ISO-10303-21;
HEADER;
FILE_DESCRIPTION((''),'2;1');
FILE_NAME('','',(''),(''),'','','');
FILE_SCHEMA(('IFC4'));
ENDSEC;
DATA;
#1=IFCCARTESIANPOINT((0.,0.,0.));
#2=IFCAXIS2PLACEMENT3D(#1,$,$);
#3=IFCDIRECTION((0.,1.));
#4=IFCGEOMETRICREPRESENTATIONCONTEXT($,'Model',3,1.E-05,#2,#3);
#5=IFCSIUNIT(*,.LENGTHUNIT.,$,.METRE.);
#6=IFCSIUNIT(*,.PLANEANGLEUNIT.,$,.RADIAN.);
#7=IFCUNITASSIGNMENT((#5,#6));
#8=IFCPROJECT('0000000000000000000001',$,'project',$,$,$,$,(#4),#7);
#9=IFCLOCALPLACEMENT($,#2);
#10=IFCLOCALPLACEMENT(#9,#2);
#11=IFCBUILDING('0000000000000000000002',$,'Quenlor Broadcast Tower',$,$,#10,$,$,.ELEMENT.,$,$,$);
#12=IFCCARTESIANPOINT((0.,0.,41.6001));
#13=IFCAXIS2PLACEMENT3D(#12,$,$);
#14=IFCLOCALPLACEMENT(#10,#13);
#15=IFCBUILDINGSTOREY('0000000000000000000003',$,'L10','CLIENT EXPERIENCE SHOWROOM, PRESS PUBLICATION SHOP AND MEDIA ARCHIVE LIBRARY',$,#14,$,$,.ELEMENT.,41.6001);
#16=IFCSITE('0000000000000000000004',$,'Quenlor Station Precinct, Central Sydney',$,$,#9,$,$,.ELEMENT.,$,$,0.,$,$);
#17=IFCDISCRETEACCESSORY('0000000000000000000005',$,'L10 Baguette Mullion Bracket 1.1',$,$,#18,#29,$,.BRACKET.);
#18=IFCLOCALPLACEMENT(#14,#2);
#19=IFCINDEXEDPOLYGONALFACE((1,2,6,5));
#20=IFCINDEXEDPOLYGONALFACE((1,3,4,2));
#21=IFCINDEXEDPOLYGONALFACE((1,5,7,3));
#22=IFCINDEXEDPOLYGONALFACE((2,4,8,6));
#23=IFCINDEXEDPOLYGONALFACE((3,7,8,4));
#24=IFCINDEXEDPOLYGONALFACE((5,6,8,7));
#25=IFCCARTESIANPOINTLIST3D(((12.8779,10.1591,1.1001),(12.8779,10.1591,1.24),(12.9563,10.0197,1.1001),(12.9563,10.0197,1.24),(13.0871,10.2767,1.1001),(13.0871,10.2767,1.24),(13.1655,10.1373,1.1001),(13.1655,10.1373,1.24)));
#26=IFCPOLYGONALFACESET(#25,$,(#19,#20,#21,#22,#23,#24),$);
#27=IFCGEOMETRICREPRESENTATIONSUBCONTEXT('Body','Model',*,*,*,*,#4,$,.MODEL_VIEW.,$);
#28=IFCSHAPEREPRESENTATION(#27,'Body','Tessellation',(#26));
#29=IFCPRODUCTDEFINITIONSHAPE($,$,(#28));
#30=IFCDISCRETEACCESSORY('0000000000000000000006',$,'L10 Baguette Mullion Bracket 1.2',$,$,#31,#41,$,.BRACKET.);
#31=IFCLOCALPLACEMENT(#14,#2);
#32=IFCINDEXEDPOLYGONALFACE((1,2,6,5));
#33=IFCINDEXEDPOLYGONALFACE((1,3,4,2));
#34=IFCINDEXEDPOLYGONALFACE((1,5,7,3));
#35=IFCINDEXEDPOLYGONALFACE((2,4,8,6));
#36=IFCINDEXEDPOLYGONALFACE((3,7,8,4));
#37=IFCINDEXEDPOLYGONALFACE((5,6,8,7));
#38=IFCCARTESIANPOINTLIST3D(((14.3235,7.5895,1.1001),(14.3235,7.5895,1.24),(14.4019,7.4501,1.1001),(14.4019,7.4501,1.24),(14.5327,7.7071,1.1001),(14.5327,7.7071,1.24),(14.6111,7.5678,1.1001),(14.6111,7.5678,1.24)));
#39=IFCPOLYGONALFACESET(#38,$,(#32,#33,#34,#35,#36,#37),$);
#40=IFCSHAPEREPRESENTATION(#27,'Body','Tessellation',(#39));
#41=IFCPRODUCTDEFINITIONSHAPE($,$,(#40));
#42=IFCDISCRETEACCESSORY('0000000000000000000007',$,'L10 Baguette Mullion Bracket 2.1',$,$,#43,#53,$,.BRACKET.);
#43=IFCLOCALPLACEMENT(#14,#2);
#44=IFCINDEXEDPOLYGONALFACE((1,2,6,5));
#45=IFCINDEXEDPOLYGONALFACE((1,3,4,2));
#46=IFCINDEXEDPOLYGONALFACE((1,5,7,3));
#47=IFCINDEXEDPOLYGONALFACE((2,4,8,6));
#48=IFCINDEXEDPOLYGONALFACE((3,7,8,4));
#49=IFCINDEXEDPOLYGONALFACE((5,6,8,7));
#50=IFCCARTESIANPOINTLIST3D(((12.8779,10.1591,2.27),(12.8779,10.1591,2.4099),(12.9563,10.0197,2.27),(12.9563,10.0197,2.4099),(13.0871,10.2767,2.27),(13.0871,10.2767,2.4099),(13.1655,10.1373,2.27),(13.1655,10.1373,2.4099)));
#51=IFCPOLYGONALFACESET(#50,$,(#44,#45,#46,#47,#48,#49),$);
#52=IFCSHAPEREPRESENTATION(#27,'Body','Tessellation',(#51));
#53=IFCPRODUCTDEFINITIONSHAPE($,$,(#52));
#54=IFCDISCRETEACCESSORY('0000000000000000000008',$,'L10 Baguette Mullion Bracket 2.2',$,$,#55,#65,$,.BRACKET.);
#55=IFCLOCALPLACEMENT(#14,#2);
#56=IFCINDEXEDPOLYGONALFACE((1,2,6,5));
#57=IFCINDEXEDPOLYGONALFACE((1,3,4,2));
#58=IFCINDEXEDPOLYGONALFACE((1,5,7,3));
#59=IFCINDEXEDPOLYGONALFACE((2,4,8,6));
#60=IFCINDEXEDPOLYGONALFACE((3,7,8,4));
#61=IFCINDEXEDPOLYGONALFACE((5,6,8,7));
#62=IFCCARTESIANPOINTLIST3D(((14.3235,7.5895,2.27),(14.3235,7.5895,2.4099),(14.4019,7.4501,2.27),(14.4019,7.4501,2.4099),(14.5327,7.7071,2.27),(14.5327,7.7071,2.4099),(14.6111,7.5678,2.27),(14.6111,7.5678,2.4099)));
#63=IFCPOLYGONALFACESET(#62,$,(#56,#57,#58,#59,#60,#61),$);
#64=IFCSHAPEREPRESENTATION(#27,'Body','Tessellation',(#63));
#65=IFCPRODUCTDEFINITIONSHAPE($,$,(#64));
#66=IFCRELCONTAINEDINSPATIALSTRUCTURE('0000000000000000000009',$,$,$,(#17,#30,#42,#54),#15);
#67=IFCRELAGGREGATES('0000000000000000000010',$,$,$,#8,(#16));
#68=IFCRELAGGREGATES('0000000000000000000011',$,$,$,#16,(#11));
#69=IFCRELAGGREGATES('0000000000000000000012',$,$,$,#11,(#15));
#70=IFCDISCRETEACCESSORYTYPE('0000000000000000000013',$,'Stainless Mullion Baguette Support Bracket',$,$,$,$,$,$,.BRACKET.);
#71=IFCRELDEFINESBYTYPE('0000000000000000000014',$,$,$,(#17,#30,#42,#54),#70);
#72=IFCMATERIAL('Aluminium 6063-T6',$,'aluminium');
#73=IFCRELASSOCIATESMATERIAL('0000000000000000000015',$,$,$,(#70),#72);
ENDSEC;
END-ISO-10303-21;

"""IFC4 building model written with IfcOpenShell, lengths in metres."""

from ifc_helpers import new_model, si_unit, direction, frame, origin, origin_2d, place, context, subcontext, project, spatial, rectangle, extrude, material, type_object, element, save


model = new_model("IFC4")

# Units and contexts
model_context = context("Model", 3, precision=1e-05, world=origin(), true_north=direction((0.0, 1.0)))
body_context = subcontext(model_context, "Body", "Model", "MODEL_VIEW")
ifc_project = project(units=[si_unit("LENGTHUNIT", "METRE"), si_unit("PLANEANGLEUNIT", "RADIAN")], contexts=[model_context])

# Site, building, storey
site_placement = place(None, origin())
site = spatial("IfcSite", under=ifc_project, at=site_placement, Name="Quenlor Station Precinct, Central Sydney", CompositionType="ELEMENT", RefElevation=0.0)
building_placement = place(site_placement, origin())
building = spatial("IfcBuilding", under=site, at=building_placement, Name="Quenlor Broadcast Tower", CompositionType="ELEMENT")
storey_placement = place(building_placement, frame((0.0, 0.0, 41.6001)))
storey = spatial("IfcBuildingStorey", under=building, at=storey_placement, Name="L10", Description="CLIENT EXPERIENCE SHOWROOM, PRESS PUBLICATION SHOP AND MEDIA ARCHIVE LIBRARY", CompositionType="ELEMENT", Elevation=41.6001)

# Discrete accessories
ifc_material_1 = material(Name="Aluminium 6063-T6", Category="aluminium")
discrete_accessory_type = type_object("IfcDiscreteAccessoryType", Name="Stainless Mullion Baguette Support Bracket", PredefinedType="BRACKET", material=ifc_material_1)
for number, where, z_axis, x_axis, name in (
    (1, (13.0217, 10.1482, 1.1001), (0.0, 0.0, 1.0), (0.490274, -0.871568, 0.0), "L10 Baguette Mullion Bracket 1.1"),
    (2, (14.4673, 7.5786, 1.1001), (0.0, 0.0, 1.0), (0.490274, -0.871568, 0.0), "L10 Baguette Mullion Bracket 1.2"),
    (3, (13.0217, 10.1482, 2.27), (0.0, 0.0, 1.0), (0.490274, -0.871568, 0.0), "L10 Baguette Mullion Bracket 2.1"),
    (4, (14.4673, 7.5786, 2.27), (0.0, 0.0, 1.0), (0.490274, -0.871568, 0.0), "L10 Baguette Mullion Bracket 2.2"),
):
    element("IfcDiscreteAccessory", number, at=place(storey_placement, frame(where, z_axis=z_axis, x_axis=x_axis)), inside=storey, type_object=discrete_accessory_type, Name=name, PredefinedType="BRACKET", context=body_context, shape_type="SweptSolid", body=[
        extrude(rectangle(XDim=0.1599, YDim=0.24, at=origin_2d()), origin(), (0.0, 0.0, 1.0), 0.1399),
    ])

save(model, "model.ifc")
